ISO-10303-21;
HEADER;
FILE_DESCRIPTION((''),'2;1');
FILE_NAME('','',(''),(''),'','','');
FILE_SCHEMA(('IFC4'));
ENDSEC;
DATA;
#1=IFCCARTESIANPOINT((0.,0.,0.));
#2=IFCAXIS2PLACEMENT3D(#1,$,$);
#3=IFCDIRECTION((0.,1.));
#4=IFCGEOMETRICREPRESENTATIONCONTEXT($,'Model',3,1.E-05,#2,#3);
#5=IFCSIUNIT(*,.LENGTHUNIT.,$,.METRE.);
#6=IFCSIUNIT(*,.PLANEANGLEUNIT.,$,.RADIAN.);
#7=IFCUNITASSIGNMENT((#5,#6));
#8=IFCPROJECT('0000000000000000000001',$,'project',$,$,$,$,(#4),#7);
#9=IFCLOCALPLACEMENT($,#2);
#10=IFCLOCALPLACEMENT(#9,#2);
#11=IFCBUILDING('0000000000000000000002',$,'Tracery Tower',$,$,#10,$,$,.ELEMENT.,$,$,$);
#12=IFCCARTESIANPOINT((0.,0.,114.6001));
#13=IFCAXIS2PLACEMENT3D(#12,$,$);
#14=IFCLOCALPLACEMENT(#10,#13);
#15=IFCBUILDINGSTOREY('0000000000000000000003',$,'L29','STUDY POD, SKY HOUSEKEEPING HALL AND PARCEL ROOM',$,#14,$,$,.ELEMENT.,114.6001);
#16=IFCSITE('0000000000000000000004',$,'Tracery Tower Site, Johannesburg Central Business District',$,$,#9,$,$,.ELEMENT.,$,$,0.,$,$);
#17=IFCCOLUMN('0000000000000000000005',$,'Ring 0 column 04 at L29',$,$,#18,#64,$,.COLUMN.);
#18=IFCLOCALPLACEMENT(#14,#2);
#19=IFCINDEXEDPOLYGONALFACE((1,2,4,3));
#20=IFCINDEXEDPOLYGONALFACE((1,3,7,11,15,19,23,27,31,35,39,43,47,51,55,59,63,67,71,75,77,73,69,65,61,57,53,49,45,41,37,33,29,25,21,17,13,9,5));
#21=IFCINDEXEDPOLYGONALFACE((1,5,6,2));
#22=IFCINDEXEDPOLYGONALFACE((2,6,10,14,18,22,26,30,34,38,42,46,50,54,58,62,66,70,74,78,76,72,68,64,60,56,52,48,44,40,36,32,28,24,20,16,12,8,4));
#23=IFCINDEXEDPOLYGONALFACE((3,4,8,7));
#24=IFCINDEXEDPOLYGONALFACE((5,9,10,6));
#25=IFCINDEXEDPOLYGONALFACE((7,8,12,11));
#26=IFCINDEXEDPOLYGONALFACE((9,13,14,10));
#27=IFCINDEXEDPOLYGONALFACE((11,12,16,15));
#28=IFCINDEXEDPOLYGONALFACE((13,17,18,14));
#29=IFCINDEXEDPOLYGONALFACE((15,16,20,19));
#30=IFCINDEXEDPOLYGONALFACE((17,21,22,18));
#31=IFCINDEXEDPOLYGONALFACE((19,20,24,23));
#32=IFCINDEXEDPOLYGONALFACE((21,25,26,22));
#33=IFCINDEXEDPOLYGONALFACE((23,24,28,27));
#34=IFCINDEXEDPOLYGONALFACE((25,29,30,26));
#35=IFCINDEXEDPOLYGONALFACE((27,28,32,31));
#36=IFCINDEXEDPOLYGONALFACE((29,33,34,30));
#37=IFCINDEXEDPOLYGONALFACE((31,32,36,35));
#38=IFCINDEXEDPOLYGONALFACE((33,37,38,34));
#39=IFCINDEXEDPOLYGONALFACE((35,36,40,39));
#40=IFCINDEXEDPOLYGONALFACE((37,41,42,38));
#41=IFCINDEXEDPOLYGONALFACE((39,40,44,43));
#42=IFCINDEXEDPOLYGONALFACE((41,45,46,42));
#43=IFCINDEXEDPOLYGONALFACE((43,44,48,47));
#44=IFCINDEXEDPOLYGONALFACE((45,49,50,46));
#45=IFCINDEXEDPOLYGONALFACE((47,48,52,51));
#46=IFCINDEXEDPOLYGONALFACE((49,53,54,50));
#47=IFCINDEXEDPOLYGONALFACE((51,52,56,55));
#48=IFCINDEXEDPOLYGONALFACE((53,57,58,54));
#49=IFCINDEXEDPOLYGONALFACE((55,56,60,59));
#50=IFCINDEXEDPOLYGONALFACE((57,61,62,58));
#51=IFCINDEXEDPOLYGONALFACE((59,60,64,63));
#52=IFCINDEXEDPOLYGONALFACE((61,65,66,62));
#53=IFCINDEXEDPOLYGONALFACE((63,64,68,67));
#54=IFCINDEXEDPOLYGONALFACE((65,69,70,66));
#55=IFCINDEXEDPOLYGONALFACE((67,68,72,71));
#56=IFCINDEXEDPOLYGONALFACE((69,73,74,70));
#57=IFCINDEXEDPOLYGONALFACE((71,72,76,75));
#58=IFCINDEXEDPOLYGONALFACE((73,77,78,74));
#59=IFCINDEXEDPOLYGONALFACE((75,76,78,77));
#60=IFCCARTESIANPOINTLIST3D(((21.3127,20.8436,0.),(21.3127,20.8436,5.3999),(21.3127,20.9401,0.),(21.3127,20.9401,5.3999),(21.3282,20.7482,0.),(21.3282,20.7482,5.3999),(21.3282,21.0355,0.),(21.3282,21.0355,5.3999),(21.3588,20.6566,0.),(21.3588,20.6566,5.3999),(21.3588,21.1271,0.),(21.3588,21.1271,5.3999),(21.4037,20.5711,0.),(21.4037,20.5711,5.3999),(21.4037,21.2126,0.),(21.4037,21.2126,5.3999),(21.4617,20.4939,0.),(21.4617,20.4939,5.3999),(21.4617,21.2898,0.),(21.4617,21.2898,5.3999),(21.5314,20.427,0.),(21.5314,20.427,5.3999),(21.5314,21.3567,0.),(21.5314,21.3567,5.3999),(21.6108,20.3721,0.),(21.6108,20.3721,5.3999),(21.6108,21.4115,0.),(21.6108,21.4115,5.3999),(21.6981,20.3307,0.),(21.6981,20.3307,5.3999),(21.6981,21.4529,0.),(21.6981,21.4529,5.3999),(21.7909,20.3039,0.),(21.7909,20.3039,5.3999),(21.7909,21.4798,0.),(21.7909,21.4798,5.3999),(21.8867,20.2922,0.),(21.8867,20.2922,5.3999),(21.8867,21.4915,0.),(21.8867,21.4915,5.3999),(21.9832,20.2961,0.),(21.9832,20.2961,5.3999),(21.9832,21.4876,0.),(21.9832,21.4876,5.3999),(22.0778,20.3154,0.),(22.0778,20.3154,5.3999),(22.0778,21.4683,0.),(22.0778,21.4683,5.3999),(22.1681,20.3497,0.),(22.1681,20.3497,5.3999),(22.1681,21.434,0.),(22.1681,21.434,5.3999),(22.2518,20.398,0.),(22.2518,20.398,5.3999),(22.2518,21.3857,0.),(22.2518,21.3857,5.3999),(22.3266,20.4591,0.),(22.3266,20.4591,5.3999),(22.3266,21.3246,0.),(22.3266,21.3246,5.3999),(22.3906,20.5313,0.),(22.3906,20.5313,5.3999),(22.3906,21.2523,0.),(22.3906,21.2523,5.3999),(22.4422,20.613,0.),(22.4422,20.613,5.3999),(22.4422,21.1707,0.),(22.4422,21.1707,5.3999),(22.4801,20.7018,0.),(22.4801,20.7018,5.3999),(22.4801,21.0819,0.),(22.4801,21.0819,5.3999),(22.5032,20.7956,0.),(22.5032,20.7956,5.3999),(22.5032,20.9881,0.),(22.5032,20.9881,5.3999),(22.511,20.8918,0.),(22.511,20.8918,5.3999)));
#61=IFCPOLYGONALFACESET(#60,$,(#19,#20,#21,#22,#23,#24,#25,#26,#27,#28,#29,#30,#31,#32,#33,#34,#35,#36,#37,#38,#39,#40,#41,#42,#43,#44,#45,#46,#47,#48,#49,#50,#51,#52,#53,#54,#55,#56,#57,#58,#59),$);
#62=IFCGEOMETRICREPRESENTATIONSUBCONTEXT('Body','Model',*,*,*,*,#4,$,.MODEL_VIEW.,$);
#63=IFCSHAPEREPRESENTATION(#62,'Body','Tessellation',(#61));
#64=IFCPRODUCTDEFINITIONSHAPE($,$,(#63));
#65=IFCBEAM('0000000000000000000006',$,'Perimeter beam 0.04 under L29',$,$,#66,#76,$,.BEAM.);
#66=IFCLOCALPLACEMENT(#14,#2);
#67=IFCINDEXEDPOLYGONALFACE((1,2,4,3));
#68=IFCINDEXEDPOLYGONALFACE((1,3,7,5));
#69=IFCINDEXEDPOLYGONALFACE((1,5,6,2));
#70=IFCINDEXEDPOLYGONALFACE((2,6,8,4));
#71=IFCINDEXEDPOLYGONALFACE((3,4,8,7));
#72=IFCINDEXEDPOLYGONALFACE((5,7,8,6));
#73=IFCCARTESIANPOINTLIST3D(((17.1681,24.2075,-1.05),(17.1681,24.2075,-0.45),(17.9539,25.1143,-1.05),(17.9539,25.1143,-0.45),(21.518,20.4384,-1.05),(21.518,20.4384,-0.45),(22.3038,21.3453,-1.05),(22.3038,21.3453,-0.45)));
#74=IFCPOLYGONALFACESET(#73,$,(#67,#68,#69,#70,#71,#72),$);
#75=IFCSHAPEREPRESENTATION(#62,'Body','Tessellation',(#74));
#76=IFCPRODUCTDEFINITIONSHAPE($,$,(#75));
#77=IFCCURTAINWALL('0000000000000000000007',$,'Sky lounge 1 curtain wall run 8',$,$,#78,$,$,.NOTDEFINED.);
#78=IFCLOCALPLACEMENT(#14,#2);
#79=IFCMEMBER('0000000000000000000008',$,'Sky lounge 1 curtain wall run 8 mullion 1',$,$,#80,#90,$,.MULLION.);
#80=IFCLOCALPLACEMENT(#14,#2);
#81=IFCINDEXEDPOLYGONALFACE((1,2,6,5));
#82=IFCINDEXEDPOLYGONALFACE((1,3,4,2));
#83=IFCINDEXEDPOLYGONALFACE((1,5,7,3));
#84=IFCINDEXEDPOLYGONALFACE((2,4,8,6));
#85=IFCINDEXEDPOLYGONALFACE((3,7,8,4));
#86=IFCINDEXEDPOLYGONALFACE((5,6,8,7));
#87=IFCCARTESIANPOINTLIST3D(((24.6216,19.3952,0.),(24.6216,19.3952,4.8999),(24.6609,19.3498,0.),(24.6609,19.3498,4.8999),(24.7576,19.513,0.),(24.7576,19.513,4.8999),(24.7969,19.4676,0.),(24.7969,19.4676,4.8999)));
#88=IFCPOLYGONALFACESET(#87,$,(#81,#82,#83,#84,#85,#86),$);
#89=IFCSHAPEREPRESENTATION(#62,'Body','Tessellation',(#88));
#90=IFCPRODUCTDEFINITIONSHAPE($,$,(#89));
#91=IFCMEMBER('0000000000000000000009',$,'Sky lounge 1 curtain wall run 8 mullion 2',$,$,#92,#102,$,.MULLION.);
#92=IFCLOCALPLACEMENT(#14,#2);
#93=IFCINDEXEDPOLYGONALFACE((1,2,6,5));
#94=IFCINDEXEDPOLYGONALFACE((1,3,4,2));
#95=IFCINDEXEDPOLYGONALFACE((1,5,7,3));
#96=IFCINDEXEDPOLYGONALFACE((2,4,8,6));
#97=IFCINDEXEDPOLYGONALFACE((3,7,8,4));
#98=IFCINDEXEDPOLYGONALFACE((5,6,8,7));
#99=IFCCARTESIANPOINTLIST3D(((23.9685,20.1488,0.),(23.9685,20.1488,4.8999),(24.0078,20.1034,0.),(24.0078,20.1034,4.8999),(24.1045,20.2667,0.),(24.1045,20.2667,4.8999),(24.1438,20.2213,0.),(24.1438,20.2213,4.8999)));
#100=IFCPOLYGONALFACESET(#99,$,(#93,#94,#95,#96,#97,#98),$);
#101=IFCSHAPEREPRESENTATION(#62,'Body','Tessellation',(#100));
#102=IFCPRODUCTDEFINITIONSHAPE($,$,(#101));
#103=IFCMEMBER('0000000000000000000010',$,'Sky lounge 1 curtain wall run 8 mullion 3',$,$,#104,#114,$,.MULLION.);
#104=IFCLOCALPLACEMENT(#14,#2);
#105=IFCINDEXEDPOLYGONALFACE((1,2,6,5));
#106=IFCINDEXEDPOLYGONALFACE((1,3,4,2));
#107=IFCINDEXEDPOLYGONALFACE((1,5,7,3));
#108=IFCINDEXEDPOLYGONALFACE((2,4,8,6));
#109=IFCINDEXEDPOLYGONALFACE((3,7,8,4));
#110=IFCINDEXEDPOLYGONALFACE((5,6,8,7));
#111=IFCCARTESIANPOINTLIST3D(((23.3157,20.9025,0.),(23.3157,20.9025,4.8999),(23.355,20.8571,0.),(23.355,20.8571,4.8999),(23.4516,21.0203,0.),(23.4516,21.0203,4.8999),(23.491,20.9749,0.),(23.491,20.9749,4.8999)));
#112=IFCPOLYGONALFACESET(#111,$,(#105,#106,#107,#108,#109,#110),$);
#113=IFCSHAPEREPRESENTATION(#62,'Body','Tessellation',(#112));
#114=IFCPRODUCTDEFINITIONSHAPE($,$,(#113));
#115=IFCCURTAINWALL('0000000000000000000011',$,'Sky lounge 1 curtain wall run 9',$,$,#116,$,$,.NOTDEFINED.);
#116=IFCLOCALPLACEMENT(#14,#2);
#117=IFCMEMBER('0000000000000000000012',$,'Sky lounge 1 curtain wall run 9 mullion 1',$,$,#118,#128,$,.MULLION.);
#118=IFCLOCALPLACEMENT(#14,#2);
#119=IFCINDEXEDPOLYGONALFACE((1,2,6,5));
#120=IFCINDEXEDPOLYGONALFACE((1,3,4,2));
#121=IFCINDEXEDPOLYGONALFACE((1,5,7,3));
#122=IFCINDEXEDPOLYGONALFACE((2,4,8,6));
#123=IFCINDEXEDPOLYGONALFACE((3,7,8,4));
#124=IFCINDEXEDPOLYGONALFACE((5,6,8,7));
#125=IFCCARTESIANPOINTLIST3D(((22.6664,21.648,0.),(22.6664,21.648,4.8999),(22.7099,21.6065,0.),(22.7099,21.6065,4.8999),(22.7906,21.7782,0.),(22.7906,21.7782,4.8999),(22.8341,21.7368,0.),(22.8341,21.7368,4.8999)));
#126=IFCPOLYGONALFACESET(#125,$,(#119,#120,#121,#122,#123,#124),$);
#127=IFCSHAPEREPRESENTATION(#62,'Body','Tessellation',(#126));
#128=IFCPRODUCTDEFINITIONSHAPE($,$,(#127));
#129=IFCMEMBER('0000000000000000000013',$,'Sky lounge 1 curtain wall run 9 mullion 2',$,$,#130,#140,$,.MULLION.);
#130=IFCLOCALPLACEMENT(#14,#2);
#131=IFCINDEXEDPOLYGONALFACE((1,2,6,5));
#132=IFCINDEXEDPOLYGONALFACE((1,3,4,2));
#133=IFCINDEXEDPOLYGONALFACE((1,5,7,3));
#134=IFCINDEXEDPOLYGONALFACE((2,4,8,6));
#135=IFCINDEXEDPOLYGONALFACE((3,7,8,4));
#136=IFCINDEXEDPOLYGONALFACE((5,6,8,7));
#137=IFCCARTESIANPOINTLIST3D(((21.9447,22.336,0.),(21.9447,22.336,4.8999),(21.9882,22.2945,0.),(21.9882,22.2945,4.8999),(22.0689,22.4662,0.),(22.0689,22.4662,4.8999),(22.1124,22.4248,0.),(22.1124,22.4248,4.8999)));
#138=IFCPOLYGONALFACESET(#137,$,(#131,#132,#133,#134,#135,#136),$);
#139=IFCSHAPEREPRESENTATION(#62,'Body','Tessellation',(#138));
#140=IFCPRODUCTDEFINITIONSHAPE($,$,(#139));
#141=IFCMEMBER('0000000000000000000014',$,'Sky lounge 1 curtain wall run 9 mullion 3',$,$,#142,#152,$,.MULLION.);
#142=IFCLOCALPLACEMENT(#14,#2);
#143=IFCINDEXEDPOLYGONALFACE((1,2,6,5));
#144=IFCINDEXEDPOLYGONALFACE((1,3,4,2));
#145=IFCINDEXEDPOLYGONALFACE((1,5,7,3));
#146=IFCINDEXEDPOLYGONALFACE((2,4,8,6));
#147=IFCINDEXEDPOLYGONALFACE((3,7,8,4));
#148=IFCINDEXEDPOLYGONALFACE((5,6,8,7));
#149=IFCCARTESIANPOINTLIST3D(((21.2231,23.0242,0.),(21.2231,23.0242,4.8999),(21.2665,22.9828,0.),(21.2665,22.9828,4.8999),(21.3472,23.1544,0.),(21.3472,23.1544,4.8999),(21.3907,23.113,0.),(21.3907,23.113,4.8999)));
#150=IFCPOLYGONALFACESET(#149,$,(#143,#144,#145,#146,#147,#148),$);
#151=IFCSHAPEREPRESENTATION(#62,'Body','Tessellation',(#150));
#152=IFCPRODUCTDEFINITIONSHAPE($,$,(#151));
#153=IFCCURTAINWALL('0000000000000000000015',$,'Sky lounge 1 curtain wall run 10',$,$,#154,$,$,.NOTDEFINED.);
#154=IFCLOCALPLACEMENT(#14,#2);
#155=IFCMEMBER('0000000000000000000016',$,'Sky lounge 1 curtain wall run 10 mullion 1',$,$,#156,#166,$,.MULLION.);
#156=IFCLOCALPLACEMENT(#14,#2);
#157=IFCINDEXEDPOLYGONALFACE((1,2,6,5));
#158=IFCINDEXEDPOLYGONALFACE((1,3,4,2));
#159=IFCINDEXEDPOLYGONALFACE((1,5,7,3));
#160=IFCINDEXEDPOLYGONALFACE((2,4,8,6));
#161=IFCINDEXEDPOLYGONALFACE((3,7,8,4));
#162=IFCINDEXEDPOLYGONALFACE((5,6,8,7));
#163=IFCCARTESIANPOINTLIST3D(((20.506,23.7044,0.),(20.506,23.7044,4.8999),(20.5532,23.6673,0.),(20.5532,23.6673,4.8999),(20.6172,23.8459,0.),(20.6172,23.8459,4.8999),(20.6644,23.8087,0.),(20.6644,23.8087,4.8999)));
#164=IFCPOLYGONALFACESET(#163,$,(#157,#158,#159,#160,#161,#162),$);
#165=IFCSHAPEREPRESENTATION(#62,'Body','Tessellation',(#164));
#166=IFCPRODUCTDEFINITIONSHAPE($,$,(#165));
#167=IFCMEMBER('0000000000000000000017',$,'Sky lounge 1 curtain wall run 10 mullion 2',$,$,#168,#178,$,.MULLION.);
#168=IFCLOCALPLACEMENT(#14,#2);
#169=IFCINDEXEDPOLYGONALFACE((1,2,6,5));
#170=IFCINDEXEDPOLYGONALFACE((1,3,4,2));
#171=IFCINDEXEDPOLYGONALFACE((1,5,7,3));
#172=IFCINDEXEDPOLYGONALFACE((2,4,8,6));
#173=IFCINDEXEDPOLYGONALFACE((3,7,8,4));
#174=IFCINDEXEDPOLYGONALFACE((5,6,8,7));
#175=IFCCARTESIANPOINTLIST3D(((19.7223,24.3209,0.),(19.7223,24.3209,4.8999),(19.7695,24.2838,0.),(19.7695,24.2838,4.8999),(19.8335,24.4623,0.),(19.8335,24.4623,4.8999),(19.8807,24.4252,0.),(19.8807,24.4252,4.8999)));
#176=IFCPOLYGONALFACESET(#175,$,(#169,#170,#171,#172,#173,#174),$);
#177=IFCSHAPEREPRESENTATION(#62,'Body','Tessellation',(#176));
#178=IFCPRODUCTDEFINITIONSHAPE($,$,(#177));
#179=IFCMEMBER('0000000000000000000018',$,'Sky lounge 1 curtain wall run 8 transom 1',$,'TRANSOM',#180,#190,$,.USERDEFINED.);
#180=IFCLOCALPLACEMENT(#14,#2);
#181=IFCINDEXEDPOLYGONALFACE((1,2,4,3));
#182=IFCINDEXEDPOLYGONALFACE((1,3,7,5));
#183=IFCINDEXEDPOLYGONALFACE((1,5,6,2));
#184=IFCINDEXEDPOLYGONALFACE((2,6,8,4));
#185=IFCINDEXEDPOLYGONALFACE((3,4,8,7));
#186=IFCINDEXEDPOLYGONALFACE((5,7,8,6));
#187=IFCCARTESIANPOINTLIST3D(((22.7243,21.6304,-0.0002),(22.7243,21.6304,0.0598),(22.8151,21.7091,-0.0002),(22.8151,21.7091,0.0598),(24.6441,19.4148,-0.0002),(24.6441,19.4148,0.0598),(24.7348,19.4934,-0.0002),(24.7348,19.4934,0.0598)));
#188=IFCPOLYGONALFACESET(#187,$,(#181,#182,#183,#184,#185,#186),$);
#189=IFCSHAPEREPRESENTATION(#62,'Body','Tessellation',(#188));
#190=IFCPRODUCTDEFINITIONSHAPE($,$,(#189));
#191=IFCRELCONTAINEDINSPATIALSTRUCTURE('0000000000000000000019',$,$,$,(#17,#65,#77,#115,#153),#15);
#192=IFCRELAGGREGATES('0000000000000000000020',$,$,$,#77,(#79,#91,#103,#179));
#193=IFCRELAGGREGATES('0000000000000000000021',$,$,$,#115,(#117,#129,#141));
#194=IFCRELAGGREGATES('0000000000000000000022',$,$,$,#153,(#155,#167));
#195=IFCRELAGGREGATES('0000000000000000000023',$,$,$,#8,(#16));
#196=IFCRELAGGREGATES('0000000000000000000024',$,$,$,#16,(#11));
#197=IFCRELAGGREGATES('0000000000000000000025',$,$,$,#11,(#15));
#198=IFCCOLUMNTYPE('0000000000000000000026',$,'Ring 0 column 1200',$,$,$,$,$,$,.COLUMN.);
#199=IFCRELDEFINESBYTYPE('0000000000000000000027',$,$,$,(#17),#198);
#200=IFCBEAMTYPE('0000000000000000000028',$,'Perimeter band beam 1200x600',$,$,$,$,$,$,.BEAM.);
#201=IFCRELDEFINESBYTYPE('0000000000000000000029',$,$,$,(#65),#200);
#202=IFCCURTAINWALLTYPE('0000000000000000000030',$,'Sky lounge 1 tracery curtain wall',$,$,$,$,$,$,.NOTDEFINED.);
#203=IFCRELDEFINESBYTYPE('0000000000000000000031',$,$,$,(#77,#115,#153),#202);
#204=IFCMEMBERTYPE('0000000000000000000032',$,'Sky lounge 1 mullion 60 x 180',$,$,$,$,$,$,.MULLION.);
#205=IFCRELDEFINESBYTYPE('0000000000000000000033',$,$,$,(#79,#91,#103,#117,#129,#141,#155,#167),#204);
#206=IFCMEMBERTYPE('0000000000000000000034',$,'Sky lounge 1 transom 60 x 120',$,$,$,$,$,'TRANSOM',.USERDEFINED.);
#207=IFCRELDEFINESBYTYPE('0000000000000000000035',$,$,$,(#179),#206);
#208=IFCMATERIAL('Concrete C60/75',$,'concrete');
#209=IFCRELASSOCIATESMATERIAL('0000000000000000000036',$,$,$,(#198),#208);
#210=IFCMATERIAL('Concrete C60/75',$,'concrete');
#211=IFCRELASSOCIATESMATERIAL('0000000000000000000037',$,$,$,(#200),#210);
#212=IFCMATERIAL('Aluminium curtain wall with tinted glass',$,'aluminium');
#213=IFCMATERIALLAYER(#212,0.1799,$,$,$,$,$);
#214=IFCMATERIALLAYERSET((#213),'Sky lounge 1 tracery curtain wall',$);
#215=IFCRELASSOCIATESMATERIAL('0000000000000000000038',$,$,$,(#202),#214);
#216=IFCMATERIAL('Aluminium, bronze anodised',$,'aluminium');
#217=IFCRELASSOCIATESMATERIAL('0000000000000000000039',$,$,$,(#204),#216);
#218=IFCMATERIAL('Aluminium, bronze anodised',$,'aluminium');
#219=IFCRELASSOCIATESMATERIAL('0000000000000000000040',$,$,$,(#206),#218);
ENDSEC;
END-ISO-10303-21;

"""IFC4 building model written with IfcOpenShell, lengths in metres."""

from ifc_helpers import new_model, si_unit, direction, frame, origin, origin_2d, place, context, subcontext, project, spatial, rectangle, circle, extrude, material, layer, layer_set, material_profile, profile_set, type_object, element, aggregate, save


model = new_model("IFC4")

# Units and contexts
model_context = context("Model", 3, precision=1e-05, world=origin(), true_north=direction((0.0, 1.0)))
body_context = subcontext(model_context, "Body", "Model", "MODEL_VIEW")
ifc_project = project(units=[si_unit("LENGTHUNIT", "METRE"), si_unit("PLANEANGLEUNIT", "RADIAN")], contexts=[model_context])

# Site, building, storey
site_placement = place(None, origin())
site = spatial("IfcSite", under=ifc_project, at=site_placement, Name="Tracery Tower Site, Johannesburg Central Business District", CompositionType="ELEMENT", RefElevation=0.0)
building_placement = place(site_placement, origin())
building = spatial("IfcBuilding", under=site, at=building_placement, Name="Tracery Tower", CompositionType="ELEMENT")
storey_placement = place(building_placement, frame((0.0, 0.0, 114.6001)))
storey = spatial("IfcBuildingStorey", under=building, at=storey_placement, Name="L29", Description="STUDY POD, SKY HOUSEKEEPING HALL AND PARCEL ROOM", CompositionType="ELEMENT", Elevation=114.6001)

# Column
ifc_material_1 = material(Name="Concrete C60/75", Category="concrete")
ifc_material_profile_1 = material_profile(ifc_material_1, circle(Radius=0.6001, at=origin_2d()), Name="RC D1200")
ifc_profile_set_1 = profile_set([ifc_material_profile_1], Name="Concrete C60/75")
column_type = type_object("IfcColumnType", Name="Ring 0 column 1200", PredefinedType="COLUMN", material=ifc_profile_set_1)
column_placement = place(storey_placement, frame((21.9109, 20.8918, 0.0), z_axis=(0.0, 0.0, 1.0), x_axis=(1.0, 0.0, 0.0)))
element("IfcColumn", 1, at=column_placement, inside=storey, type_object=column_type, Name="Ring 0 column 04 at L29", PredefinedType="COLUMN", context=body_context, shape_type="SweptSolid", body=[
    extrude(circle(Radius=0.6001, at=origin_2d()), origin(), (0.0, 0.0, 1.0), 5.3999),
])

# Beam
ifc_material_2 = material(Name="Concrete C60/75", Category="concrete")
ifc_material_profile_2 = material_profile(ifc_material_2, rectangle(XDim=1.2, YDim=0.6001, at=origin_2d()), Name="RC 1200x600")
ifc_profile_set_2 = profile_set([ifc_material_profile_2], Name="Concrete C60/75")
beam_type = type_object("IfcBeamType", Name="Perimeter band beam 1200x600", PredefinedType="BEAM", material=ifc_profile_set_2)
beam_placement = place(storey_placement, frame((21.9109, 20.8918, -0.75), z_axis=(-0.75576, 0.654848, 0.0), x_axis=(-0.654848, -0.75576, 0.0)))
element("IfcBeam", 2, at=beam_placement, inside=storey, type_object=beam_type, Name="Perimeter beam 0.04 under L29", PredefinedType="BEAM", context=body_context, shape_type="SweptSolid", body=[
    extrude(rectangle(XDim=1.2, YDim=0.6001, at=origin_2d()), origin(), (0.0, 0.0, 1.0), 5.7556),
])

# Curtain walls, members
ifc_material_3 = material(Name="Aluminium curtain wall with tinted glass", Category="aluminium")
ifc_layer_1 = layer(ifc_material_3, 0.1799)
ifc_layer_set_1 = layer_set([ifc_layer_1], Name="Sky lounge 1 tracery curtain wall")
curtain_wall_type = type_object("IfcCurtainWallType", Name="Sky lounge 1 tracery curtain wall", PredefinedType="NOTDEFINED", material=ifc_layer_set_1)
curtain_wall_1_placement = place(storey_placement, origin())
curtain_wall_1 = element("IfcCurtainWall", 3, at=curtain_wall_1_placement, inside=storey, type_object=curtain_wall_type, Name="Sky lounge 1 curtain wall run 8", PredefinedType="NOTDEFINED")
ifc_material_4 = material(Name="Aluminium, bronze anodised", Category="aluminium")
ifc_material_profile_3 = material_profile(ifc_material_4, rectangle(XDim=0.1799, YDim=0.0601, at=origin_2d()), Name="AL 60x180")
ifc_profile_set_3 = profile_set([ifc_material_profile_3], Name="Aluminium, bronze anodised")
member_type_1 = type_object("IfcMemberType", Name="Sky lounge 1 mullion 60 x 180", PredefinedType="MULLION", material=ifc_profile_set_3)
member_1_placement = place(storey_placement, frame((24.7092, 19.4314, 0.0), z_axis=(0.0, 0.0, 1.0), x_axis=(-0.75575, -0.654861, 0.0)))
member_1 = element("IfcMember", 4, at=member_1_placement, type_object=member_type_1, Name="Sky lounge 1 curtain wall run 8 mullion 1", PredefinedType="MULLION", context=body_context, shape_type="SweptSolid", body=[
    extrude(rectangle(XDim=0.1799, YDim=0.0601, at=origin_2d()), origin(), (0.0, 0.0, 1.0), 4.8999),
])
member_2_placement = place(storey_placement, frame((24.0562, 20.1851, 0.0), z_axis=(0.0, 0.0, 1.0), x_axis=(-0.75575, -0.654861, 0.0)))
member_2 = element("IfcMember", 5, at=member_2_placement, type_object=member_type_1, Name="Sky lounge 1 curtain wall run 8 mullion 2", PredefinedType="MULLION", context=body_context, shape_type="SweptSolid", body=[
    extrude(rectangle(XDim=0.1799, YDim=0.0601, at=origin_2d()), origin(), (0.0, 0.0, 1.0), 4.8999),
])
member_3_placement = place(storey_placement, frame((23.4033, 20.9387, 0.0), z_axis=(0.0, 0.0, 1.0), x_axis=(-0.75575, -0.654861, 0.0)))
member_3 = element("IfcMember", 6, at=member_3_placement, type_object=member_type_1, Name="Sky lounge 1 curtain wall run 8 mullion 3", PredefinedType="MULLION", context=body_context, shape_type="SweptSolid", body=[
    extrude(rectangle(XDim=0.1799, YDim=0.0601, at=origin_2d()), origin(), (0.0, 0.0, 1.0), 4.8999),
])
curtain_wall_2_placement = place(storey_placement, origin())
curtain_wall_2 = element("IfcCurtainWall", 7, at=curtain_wall_2_placement, inside=storey, type_object=curtain_wall_type, Name="Sky lounge 1 curtain wall run 9", PredefinedType="NOTDEFINED")
member_4_placement = place(storey_placement, frame((22.7502, 21.6924, 0.0), z_axis=(0.0, 0.0, 1.0), x_axis=(-0.690079, -0.723734, 0.0)))
member_4 = element("IfcMember", 8, at=member_4_placement, type_object=member_type_1, Name="Sky lounge 1 curtain wall run 9 mullion 1", PredefinedType="MULLION", context=body_context, shape_type="SweptSolid", body=[
    extrude(rectangle(XDim=0.1799, YDim=0.0601, at=origin_2d()), origin(), (0.0, 0.0, 1.0), 4.8999),
])
member_5_placement = place(storey_placement, frame((22.0286, 22.3804, 0.0), z_axis=(0.0, 0.0, 1.0), x_axis=(-0.690079, -0.723734, 0.0)))
member_5 = element("IfcMember", 9, at=member_5_placement, type_object=member_type_1, Name="Sky lounge 1 curtain wall run 9 mullion 2", PredefinedType="MULLION", context=body_context, shape_type="SweptSolid", body=[
    extrude(rectangle(XDim=0.1799, YDim=0.0601, at=origin_2d()), origin(), (0.0, 0.0, 1.0), 4.8999),
])
member_6_placement = place(storey_placement, frame((21.3069, 23.0686, 0.0), z_axis=(0.0, 0.0, 1.0), x_axis=(-0.690079, -0.723734, 0.0)))
member_6 = element("IfcMember", 10, at=member_6_placement, type_object=member_type_1, Name="Sky lounge 1 curtain wall run 9 mullion 3", PredefinedType="MULLION", context=body_context, shape_type="SweptSolid", body=[
    extrude(rectangle(XDim=0.1799, YDim=0.0601, at=origin_2d()), origin(), (0.0, 0.0, 1.0), 4.8999),
])
curtain_wall_3_placement = place(storey_placement, origin())
curtain_wall_3 = element("IfcCurtainWall", 11, at=curtain_wall_3_placement, inside=storey, type_object=curtain_wall_type, Name="Sky lounge 1 curtain wall run 10", PredefinedType="NOTDEFINED")
member_7_placement = place(storey_placement, frame((20.5852, 23.7566, 0.0), z_axis=(0.0, 0.0, 1.0), x_axis=(-0.618159, -0.786053, 0.0)))
member_7 = element("IfcMember", 12, at=member_7_placement, type_object=member_type_1, Name="Sky lounge 1 curtain wall run 10 mullion 1", PredefinedType="MULLION", context=body_context, shape_type="SweptSolid", body=[
    extrude(rectangle(XDim=0.1799, YDim=0.0601, at=origin_2d()), origin(), (0.0, 0.0, 1.0), 4.8999),
])
member_8_placement = place(storey_placement, frame((19.8015, 24.373, 0.0), z_axis=(0.0, 0.0, 1.0), x_axis=(-0.618159, -0.786053, 0.0)))
member_8 = element("IfcMember", 13, at=member_8_placement, type_object=member_type_1, Name="Sky lounge 1 curtain wall run 10 mullion 2", PredefinedType="MULLION", context=body_context, shape_type="SweptSolid", body=[
    extrude(rectangle(XDim=0.1799, YDim=0.0601, at=origin_2d()), origin(), (0.0, 0.0, 1.0), 4.8999),
])

# Member
ifc_material_5 = material(Name="Aluminium, bronze anodised", Category="aluminium")
ifc_material_profile_4 = material_profile(ifc_material_5, rectangle(XDim=0.1201, YDim=0.0601, at=origin_2d()), Name="AL 60x120")
ifc_profile_set_4 = profile_set([ifc_material_profile_4], Name="Aluminium, bronze anodised")
member_type_2 = type_object("IfcMemberType", Name="Sky lounge 1 transom 60 x 120", ElementType="TRANSOM", PredefinedType="USERDEFINED", material=ifc_profile_set_4)
member_9_placement = place(storey_placement, frame((24.6895, 19.4541, 0.0298), z_axis=(-0.654835, 0.755772, 0.0), x_axis=(-0.755772, -0.654835, 0.0)))
member_9 = element("IfcMember", 14, at=member_9_placement, type_object=member_type_2, Name="Sky lounge 1 curtain wall run 8 transom 1", ObjectType="TRANSOM", PredefinedType="USERDEFINED", context=body_context, shape_type="SweptSolid", body=[
    extrude(rectangle(XDim=0.1201, YDim=0.0601, at=origin_2d()), origin(), (0.0, 0.0, 1.0), 2.9316),
])

aggregate(curtain_wall_1, [member_1, member_2, member_3, member_9])
aggregate(curtain_wall_2, [member_4, member_5, member_6])
aggregate(curtain_wall_3, [member_7, member_8])

save(model, "model.ifc")
